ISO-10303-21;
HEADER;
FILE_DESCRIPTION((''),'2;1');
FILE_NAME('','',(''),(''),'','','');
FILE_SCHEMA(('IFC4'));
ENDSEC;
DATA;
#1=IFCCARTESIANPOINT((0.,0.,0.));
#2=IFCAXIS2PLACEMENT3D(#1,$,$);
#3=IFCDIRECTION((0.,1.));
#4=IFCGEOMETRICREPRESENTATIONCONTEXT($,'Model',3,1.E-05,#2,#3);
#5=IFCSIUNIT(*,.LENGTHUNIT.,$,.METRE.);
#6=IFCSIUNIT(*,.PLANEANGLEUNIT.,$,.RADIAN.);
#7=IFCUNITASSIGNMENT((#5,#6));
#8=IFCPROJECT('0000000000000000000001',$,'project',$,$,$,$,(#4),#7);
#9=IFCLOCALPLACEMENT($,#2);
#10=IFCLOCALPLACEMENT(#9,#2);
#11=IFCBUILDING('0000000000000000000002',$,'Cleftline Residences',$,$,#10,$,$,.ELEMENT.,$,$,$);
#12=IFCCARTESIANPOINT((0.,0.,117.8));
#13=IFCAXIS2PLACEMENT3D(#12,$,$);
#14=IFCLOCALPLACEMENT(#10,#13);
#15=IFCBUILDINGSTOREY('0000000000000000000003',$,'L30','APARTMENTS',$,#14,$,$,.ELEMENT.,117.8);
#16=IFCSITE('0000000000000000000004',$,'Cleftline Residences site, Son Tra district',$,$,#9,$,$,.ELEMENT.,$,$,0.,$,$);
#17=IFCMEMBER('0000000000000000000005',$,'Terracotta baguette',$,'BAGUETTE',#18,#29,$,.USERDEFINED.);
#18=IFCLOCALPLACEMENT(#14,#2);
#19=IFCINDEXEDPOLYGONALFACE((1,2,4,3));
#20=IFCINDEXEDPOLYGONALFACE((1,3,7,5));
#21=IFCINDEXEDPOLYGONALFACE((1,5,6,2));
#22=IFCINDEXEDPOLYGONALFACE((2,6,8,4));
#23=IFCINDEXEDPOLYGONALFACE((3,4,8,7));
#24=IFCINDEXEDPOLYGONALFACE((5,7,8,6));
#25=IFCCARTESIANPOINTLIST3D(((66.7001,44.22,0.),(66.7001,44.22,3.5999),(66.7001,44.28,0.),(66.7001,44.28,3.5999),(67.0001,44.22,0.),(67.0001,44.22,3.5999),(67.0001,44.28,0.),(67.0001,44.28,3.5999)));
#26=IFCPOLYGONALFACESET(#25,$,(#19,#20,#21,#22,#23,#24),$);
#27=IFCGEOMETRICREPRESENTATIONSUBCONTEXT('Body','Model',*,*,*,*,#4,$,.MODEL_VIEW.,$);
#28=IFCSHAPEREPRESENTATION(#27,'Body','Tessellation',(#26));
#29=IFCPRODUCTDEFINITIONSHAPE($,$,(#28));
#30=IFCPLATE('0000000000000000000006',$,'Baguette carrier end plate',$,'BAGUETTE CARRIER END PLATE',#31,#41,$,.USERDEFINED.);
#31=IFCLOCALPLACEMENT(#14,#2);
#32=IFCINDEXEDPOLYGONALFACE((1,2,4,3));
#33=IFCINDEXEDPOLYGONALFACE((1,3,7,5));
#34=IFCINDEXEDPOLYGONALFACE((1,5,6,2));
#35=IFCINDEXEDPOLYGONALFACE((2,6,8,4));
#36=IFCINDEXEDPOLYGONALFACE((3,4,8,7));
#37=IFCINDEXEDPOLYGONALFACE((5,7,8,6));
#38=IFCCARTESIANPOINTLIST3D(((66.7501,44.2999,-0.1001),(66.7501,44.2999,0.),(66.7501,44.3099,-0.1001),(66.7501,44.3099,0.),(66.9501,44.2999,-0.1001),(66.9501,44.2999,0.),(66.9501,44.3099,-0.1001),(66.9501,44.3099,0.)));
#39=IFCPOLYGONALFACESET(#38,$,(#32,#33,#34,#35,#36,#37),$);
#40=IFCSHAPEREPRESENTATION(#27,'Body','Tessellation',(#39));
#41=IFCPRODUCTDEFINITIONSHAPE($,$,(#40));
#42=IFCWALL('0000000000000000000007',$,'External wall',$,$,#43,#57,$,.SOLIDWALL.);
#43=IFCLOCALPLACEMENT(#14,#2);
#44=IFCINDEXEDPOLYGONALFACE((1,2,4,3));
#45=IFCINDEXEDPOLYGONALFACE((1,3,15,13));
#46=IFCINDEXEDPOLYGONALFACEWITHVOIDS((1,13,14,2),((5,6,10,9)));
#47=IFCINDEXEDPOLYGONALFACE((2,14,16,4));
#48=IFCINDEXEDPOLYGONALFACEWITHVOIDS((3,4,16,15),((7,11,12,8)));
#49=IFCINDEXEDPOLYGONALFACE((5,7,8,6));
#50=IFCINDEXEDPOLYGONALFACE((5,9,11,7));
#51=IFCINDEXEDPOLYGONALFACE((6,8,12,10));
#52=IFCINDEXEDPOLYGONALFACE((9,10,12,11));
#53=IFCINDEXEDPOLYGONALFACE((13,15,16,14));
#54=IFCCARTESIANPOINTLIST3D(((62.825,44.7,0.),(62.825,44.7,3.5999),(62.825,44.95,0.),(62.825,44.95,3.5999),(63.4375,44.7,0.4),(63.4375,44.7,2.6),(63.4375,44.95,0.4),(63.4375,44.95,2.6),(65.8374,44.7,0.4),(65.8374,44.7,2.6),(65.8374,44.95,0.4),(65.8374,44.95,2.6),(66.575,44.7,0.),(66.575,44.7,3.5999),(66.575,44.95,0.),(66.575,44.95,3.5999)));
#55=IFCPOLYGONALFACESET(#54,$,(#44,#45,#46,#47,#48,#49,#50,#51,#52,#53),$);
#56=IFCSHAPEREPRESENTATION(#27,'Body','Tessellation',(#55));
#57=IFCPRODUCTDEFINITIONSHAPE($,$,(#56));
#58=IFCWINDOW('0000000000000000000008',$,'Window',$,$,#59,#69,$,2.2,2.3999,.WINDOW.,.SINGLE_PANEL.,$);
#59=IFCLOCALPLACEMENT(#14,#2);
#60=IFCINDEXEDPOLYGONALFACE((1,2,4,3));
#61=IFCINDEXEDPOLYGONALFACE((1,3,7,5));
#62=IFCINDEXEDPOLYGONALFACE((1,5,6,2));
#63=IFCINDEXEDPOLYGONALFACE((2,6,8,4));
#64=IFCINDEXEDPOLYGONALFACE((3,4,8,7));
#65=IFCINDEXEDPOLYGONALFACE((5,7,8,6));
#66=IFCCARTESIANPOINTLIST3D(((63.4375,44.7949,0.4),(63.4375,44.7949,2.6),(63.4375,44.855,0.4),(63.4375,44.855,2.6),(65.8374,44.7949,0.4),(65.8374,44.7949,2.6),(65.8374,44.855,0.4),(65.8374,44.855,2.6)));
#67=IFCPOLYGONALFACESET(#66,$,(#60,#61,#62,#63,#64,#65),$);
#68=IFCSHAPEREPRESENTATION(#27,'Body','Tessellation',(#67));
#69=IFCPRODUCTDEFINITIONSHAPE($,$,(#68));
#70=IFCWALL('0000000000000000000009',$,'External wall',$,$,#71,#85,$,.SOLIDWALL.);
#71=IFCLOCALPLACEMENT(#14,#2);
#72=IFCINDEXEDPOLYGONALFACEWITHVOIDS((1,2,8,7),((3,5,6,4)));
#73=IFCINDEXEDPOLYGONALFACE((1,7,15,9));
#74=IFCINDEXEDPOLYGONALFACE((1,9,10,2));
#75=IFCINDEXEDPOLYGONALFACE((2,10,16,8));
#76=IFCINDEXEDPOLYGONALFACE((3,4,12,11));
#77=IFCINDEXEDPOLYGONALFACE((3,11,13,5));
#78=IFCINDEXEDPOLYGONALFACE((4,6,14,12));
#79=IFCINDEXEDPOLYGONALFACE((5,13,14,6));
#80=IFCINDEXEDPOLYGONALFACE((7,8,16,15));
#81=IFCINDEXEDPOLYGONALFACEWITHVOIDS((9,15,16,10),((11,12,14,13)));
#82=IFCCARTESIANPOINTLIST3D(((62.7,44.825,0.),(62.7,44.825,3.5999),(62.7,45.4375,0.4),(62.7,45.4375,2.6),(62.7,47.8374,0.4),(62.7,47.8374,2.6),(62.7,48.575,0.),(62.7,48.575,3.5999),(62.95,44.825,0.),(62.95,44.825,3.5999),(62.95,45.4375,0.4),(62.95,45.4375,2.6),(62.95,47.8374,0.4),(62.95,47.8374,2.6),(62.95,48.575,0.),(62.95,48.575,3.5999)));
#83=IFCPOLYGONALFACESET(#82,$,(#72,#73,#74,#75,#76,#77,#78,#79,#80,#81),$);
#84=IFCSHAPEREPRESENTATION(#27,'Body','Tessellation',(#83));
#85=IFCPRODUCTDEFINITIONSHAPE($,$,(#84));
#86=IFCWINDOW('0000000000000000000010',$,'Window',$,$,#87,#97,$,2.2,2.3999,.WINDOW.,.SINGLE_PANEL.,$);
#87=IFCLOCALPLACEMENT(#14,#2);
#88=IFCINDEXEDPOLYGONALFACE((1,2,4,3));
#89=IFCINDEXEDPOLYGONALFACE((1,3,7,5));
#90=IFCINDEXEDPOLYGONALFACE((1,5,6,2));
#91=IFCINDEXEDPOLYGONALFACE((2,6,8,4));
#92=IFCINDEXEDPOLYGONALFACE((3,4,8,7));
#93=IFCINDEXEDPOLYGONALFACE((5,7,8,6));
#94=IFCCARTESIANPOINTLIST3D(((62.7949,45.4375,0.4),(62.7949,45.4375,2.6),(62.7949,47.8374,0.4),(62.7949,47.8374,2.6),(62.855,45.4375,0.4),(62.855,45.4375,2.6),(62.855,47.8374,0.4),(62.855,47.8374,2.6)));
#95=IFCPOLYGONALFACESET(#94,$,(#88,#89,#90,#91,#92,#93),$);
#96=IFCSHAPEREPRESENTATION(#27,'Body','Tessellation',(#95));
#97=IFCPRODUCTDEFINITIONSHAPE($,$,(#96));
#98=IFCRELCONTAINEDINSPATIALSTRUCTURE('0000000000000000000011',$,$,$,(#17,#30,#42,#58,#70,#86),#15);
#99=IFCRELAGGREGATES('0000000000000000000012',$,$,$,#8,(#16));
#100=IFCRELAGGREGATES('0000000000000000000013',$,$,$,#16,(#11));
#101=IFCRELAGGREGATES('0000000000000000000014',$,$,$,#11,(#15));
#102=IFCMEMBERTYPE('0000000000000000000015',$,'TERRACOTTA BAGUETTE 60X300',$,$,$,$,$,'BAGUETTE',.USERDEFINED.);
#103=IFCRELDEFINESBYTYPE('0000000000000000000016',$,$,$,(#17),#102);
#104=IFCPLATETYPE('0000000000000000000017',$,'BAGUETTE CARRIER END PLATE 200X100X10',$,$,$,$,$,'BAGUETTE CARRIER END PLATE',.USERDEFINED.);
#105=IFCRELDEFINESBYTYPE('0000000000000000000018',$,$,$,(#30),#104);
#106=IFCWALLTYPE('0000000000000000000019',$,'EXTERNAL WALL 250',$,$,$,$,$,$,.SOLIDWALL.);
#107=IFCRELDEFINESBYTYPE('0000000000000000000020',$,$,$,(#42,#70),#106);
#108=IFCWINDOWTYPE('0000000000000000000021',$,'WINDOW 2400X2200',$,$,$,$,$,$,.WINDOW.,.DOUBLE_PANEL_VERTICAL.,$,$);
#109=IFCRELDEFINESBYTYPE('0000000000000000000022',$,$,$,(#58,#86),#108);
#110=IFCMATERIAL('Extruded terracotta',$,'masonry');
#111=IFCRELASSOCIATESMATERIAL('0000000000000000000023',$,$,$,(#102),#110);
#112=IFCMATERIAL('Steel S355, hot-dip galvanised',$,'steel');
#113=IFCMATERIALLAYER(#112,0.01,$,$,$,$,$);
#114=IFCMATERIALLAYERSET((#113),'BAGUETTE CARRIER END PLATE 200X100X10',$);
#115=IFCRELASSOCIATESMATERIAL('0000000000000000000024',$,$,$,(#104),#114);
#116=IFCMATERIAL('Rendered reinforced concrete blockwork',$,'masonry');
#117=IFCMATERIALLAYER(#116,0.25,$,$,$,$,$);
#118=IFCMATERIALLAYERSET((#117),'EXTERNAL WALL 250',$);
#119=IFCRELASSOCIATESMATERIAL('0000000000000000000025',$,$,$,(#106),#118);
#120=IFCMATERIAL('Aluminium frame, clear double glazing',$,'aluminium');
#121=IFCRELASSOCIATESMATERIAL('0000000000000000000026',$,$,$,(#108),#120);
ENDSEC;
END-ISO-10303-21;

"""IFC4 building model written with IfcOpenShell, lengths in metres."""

from ifc_helpers import new_model, si_unit, direction, frame, frame_2d, origin, origin_2d, place, context, subcontext, project, spatial, rectangle, extrude, material, layer, layer_set, material_profile, profile_set, type_object, element, fill, save


model = new_model("IFC4")

# Units and contexts
model_context = context("Model", 3, precision=1e-05, world=origin(), true_north=direction((0.0, 1.0)))
body_context = subcontext(model_context, "Body", "Model", "MODEL_VIEW")
ifc_project = project(units=[si_unit("LENGTHUNIT", "METRE"), si_unit("PLANEANGLEUNIT", "RADIAN")], contexts=[model_context])

# Site, building, storey
site_placement = place(None, origin())
site = spatial("IfcSite", under=ifc_project, at=site_placement, Name="Cleftline Residences site, Son Tra district", CompositionType="ELEMENT", RefElevation=0.0)
building_placement = place(site_placement, origin())
building = spatial("IfcBuilding", under=site, at=building_placement, Name="Cleftline Residences", CompositionType="ELEMENT")
storey_placement = place(building_placement, frame((0.0, 0.0, 117.8)))
storey = spatial("IfcBuildingStorey", under=building, at=storey_placement, Name="L30", Description="APARTMENTS", CompositionType="ELEMENT", Elevation=117.8)

# Member
ifc_material_1 = material(Name="Extruded terracotta", Category="masonry")
ifc_material_profile_1 = material_profile(ifc_material_1, rectangle(XDim=0.0601, YDim=0.3, at=origin_2d()))
ifc_profile_set_1 = profile_set([ifc_material_profile_1], Name="Extruded terracotta")
member_type_1 = type_object("IfcMemberType", Name="TERRACOTTA BAGUETTE 60X300", ElementType="BAGUETTE", PredefinedType="USERDEFINED", material=ifc_profile_set_1)
for number, where, z_axis, x_axis, name in (
    (1, (66.8501, 44.25, 0.0), (0.0, 0.0, 1.0), (0.0, 1.0, 0.0), "Terracotta baguette"),
):
    element("IfcMember", number, at=place(storey_placement, frame(where, z_axis=z_axis, x_axis=x_axis)), inside=storey, type_object=member_type_1, Name=name, ObjectType="BAGUETTE", PredefinedType="USERDEFINED", context=body_context, shape_type="SweptSolid", body=[
        extrude(rectangle(XDim=0.0601, YDim=0.3, at=origin_2d()), origin(), (0.0, 0.0, 1.0), 3.5999),
    ])

# Plate
ifc_material_2 = material(Name="Steel S355, hot-dip galvanised", Category="steel")
ifc_layer_1 = layer(ifc_material_2, 0.01)
ifc_layer_set_1 = layer_set([ifc_layer_1], Name="BAGUETTE CARRIER END PLATE 200X100X10")
plate_type = type_object("IfcPlateType", Name="BAGUETTE CARRIER END PLATE 200X100X10", ElementType="BAGUETTE CARRIER END PLATE", PredefinedType="USERDEFINED", material=ifc_layer_set_1)
plate_placement = place(storey_placement, frame((66.8501, 44.3049, -0.1001), z_axis=(0.0, 0.0, 1.0), x_axis=(1.0, 0.0, 0.0)))
element("IfcPlate", 2, at=plate_placement, inside=storey, type_object=plate_type, Name="Baguette carrier end plate", ObjectType="BAGUETTE CARRIER END PLATE", PredefinedType="USERDEFINED", context=body_context, shape_type="SweptSolid", body=[
    extrude(rectangle(XDim=0.2, YDim=0.01, at=origin_2d()), origin(), (0.0, 0.0, 1.0), 0.1001),
])

# Walls, openings, windows
ifc_material_3 = material(Name="Rendered reinforced concrete blockwork", Category="masonry")
ifc_layer_2 = layer(ifc_material_3, 0.25)
ifc_layer_set_2 = layer_set([ifc_layer_2], Name="EXTERNAL WALL 250")
wall_type = type_object("IfcWallType", Name="EXTERNAL WALL 250", PredefinedType="SOLIDWALL", material=ifc_layer_set_2)
wall_1_placement = place(storey_placement, frame((66.575, 44.825, 0.0), z_axis=(0.0, 0.0, 1.0), x_axis=(-1.0, 0.0, 0.0)))
wall_1 = element("IfcWall", 3, at=wall_1_placement, inside=storey, type_object=wall_type, Name="External wall", PredefinedType="SOLIDWALL", context=body_context, shape_type="SweptSolid", body=[
    extrude(rectangle(XDim=3.75, YDim=0.25, at=frame_2d((1.875, 0.0))), origin(), (0.0, 0.0, 1.0), 3.5999),
])
opening_1_placement = place(wall_1_placement, frame((0.7375, 0.0, 0.3999)))
opening_1 = element("IfcOpeningElement", 4, at=opening_1_placement, cuts=wall_1, PredefinedType="OPENING", context=body_context, shape_type="SweptSolid", body=[
    extrude(rectangle(XDim=2.3999, YDim=2.2, at=frame_2d((1.2, 1.1001))), frame((0.0, 0.135, 0.0), z_axis=(0.0, -1.0, 0.0), x_axis=(1.0, 0.0, 0.0)), (0.0, 0.0, 1.0), 0.27),
])
ifc_material_4 = material(Name="Aluminium frame, clear double glazing", Category="aluminium")
window_type_1 = type_object("IfcWindowType", Name="WINDOW 2400X2200", PartitioningType="DOUBLE_PANEL_VERTICAL", PredefinedType="WINDOW", material=ifc_material_4)
window_1_placement = place(opening_1_placement, origin())
window_1 = element("IfcWindow", 5, at=window_1_placement, inside=storey, type_object=window_type_1, Name="Window", OverallHeight=2.2, OverallWidth=2.3999, PartitioningType="SINGLE_PANEL", PredefinedType="WINDOW", context=body_context, shape_type="SweptSolid", body=[
    extrude(rectangle(XDim=2.3999, YDim=2.2, at=frame_2d((1.2, 1.1001))), frame((0.0, 0.03, 0.0), z_axis=(0.0, -1.0, 0.0), x_axis=(1.0, 0.0, 0.0)), (0.0, 0.0, 1.0), 0.0601),
])
fill(opening_1, window_1)
wall_2_placement = place(storey_placement, frame((62.825, 44.825, 0.0), z_axis=(0.0, 0.0, 1.0), x_axis=(0.0, 1.0, 0.0)))
wall_2 = element("IfcWall", 6, at=wall_2_placement, inside=storey, type_object=wall_type, Name="External wall", PredefinedType="SOLIDWALL", context=body_context, shape_type="SweptSolid", body=[
    extrude(rectangle(XDim=3.75, YDim=0.25, at=frame_2d((1.875, 0.0))), origin(), (0.0, 0.0, 1.0), 3.5999),
])
opening_2_placement = place(wall_2_placement, frame((0.6125, 0.0, 0.3999)))
opening_2 = element("IfcOpeningElement", 7, at=opening_2_placement, cuts=wall_2, PredefinedType="OPENING", context=body_context, shape_type="SweptSolid", body=[
    extrude(rectangle(XDim=2.3999, YDim=2.2, at=frame_2d((1.2, 1.1001))), frame((0.0, 0.135, 0.0), z_axis=(0.0, -1.0, 0.0), x_axis=(1.0, 0.0, 0.0)), (0.0, 0.0, 1.0), 0.27),
])
window_2_placement = place(opening_2_placement, origin())
window_2 = element("IfcWindow", 8, at=window_2_placement, inside=storey, type_object=window_type_1, Name="Window", OverallHeight=2.2, OverallWidth=2.3999, PartitioningType="SINGLE_PANEL", PredefinedType="WINDOW", context=body_context, shape_type="SweptSolid", body=[
    extrude(rectangle(XDim=2.3999, YDim=2.2, at=frame_2d((1.2, 1.1001))), frame((0.0, 0.03, 0.0), z_axis=(0.0, -1.0, 0.0), x_axis=(1.0, 0.0, 0.0)), (0.0, 0.0, 1.0), 0.0601),
])
fill(opening_2, window_2)

save(model, "model.ifc")
